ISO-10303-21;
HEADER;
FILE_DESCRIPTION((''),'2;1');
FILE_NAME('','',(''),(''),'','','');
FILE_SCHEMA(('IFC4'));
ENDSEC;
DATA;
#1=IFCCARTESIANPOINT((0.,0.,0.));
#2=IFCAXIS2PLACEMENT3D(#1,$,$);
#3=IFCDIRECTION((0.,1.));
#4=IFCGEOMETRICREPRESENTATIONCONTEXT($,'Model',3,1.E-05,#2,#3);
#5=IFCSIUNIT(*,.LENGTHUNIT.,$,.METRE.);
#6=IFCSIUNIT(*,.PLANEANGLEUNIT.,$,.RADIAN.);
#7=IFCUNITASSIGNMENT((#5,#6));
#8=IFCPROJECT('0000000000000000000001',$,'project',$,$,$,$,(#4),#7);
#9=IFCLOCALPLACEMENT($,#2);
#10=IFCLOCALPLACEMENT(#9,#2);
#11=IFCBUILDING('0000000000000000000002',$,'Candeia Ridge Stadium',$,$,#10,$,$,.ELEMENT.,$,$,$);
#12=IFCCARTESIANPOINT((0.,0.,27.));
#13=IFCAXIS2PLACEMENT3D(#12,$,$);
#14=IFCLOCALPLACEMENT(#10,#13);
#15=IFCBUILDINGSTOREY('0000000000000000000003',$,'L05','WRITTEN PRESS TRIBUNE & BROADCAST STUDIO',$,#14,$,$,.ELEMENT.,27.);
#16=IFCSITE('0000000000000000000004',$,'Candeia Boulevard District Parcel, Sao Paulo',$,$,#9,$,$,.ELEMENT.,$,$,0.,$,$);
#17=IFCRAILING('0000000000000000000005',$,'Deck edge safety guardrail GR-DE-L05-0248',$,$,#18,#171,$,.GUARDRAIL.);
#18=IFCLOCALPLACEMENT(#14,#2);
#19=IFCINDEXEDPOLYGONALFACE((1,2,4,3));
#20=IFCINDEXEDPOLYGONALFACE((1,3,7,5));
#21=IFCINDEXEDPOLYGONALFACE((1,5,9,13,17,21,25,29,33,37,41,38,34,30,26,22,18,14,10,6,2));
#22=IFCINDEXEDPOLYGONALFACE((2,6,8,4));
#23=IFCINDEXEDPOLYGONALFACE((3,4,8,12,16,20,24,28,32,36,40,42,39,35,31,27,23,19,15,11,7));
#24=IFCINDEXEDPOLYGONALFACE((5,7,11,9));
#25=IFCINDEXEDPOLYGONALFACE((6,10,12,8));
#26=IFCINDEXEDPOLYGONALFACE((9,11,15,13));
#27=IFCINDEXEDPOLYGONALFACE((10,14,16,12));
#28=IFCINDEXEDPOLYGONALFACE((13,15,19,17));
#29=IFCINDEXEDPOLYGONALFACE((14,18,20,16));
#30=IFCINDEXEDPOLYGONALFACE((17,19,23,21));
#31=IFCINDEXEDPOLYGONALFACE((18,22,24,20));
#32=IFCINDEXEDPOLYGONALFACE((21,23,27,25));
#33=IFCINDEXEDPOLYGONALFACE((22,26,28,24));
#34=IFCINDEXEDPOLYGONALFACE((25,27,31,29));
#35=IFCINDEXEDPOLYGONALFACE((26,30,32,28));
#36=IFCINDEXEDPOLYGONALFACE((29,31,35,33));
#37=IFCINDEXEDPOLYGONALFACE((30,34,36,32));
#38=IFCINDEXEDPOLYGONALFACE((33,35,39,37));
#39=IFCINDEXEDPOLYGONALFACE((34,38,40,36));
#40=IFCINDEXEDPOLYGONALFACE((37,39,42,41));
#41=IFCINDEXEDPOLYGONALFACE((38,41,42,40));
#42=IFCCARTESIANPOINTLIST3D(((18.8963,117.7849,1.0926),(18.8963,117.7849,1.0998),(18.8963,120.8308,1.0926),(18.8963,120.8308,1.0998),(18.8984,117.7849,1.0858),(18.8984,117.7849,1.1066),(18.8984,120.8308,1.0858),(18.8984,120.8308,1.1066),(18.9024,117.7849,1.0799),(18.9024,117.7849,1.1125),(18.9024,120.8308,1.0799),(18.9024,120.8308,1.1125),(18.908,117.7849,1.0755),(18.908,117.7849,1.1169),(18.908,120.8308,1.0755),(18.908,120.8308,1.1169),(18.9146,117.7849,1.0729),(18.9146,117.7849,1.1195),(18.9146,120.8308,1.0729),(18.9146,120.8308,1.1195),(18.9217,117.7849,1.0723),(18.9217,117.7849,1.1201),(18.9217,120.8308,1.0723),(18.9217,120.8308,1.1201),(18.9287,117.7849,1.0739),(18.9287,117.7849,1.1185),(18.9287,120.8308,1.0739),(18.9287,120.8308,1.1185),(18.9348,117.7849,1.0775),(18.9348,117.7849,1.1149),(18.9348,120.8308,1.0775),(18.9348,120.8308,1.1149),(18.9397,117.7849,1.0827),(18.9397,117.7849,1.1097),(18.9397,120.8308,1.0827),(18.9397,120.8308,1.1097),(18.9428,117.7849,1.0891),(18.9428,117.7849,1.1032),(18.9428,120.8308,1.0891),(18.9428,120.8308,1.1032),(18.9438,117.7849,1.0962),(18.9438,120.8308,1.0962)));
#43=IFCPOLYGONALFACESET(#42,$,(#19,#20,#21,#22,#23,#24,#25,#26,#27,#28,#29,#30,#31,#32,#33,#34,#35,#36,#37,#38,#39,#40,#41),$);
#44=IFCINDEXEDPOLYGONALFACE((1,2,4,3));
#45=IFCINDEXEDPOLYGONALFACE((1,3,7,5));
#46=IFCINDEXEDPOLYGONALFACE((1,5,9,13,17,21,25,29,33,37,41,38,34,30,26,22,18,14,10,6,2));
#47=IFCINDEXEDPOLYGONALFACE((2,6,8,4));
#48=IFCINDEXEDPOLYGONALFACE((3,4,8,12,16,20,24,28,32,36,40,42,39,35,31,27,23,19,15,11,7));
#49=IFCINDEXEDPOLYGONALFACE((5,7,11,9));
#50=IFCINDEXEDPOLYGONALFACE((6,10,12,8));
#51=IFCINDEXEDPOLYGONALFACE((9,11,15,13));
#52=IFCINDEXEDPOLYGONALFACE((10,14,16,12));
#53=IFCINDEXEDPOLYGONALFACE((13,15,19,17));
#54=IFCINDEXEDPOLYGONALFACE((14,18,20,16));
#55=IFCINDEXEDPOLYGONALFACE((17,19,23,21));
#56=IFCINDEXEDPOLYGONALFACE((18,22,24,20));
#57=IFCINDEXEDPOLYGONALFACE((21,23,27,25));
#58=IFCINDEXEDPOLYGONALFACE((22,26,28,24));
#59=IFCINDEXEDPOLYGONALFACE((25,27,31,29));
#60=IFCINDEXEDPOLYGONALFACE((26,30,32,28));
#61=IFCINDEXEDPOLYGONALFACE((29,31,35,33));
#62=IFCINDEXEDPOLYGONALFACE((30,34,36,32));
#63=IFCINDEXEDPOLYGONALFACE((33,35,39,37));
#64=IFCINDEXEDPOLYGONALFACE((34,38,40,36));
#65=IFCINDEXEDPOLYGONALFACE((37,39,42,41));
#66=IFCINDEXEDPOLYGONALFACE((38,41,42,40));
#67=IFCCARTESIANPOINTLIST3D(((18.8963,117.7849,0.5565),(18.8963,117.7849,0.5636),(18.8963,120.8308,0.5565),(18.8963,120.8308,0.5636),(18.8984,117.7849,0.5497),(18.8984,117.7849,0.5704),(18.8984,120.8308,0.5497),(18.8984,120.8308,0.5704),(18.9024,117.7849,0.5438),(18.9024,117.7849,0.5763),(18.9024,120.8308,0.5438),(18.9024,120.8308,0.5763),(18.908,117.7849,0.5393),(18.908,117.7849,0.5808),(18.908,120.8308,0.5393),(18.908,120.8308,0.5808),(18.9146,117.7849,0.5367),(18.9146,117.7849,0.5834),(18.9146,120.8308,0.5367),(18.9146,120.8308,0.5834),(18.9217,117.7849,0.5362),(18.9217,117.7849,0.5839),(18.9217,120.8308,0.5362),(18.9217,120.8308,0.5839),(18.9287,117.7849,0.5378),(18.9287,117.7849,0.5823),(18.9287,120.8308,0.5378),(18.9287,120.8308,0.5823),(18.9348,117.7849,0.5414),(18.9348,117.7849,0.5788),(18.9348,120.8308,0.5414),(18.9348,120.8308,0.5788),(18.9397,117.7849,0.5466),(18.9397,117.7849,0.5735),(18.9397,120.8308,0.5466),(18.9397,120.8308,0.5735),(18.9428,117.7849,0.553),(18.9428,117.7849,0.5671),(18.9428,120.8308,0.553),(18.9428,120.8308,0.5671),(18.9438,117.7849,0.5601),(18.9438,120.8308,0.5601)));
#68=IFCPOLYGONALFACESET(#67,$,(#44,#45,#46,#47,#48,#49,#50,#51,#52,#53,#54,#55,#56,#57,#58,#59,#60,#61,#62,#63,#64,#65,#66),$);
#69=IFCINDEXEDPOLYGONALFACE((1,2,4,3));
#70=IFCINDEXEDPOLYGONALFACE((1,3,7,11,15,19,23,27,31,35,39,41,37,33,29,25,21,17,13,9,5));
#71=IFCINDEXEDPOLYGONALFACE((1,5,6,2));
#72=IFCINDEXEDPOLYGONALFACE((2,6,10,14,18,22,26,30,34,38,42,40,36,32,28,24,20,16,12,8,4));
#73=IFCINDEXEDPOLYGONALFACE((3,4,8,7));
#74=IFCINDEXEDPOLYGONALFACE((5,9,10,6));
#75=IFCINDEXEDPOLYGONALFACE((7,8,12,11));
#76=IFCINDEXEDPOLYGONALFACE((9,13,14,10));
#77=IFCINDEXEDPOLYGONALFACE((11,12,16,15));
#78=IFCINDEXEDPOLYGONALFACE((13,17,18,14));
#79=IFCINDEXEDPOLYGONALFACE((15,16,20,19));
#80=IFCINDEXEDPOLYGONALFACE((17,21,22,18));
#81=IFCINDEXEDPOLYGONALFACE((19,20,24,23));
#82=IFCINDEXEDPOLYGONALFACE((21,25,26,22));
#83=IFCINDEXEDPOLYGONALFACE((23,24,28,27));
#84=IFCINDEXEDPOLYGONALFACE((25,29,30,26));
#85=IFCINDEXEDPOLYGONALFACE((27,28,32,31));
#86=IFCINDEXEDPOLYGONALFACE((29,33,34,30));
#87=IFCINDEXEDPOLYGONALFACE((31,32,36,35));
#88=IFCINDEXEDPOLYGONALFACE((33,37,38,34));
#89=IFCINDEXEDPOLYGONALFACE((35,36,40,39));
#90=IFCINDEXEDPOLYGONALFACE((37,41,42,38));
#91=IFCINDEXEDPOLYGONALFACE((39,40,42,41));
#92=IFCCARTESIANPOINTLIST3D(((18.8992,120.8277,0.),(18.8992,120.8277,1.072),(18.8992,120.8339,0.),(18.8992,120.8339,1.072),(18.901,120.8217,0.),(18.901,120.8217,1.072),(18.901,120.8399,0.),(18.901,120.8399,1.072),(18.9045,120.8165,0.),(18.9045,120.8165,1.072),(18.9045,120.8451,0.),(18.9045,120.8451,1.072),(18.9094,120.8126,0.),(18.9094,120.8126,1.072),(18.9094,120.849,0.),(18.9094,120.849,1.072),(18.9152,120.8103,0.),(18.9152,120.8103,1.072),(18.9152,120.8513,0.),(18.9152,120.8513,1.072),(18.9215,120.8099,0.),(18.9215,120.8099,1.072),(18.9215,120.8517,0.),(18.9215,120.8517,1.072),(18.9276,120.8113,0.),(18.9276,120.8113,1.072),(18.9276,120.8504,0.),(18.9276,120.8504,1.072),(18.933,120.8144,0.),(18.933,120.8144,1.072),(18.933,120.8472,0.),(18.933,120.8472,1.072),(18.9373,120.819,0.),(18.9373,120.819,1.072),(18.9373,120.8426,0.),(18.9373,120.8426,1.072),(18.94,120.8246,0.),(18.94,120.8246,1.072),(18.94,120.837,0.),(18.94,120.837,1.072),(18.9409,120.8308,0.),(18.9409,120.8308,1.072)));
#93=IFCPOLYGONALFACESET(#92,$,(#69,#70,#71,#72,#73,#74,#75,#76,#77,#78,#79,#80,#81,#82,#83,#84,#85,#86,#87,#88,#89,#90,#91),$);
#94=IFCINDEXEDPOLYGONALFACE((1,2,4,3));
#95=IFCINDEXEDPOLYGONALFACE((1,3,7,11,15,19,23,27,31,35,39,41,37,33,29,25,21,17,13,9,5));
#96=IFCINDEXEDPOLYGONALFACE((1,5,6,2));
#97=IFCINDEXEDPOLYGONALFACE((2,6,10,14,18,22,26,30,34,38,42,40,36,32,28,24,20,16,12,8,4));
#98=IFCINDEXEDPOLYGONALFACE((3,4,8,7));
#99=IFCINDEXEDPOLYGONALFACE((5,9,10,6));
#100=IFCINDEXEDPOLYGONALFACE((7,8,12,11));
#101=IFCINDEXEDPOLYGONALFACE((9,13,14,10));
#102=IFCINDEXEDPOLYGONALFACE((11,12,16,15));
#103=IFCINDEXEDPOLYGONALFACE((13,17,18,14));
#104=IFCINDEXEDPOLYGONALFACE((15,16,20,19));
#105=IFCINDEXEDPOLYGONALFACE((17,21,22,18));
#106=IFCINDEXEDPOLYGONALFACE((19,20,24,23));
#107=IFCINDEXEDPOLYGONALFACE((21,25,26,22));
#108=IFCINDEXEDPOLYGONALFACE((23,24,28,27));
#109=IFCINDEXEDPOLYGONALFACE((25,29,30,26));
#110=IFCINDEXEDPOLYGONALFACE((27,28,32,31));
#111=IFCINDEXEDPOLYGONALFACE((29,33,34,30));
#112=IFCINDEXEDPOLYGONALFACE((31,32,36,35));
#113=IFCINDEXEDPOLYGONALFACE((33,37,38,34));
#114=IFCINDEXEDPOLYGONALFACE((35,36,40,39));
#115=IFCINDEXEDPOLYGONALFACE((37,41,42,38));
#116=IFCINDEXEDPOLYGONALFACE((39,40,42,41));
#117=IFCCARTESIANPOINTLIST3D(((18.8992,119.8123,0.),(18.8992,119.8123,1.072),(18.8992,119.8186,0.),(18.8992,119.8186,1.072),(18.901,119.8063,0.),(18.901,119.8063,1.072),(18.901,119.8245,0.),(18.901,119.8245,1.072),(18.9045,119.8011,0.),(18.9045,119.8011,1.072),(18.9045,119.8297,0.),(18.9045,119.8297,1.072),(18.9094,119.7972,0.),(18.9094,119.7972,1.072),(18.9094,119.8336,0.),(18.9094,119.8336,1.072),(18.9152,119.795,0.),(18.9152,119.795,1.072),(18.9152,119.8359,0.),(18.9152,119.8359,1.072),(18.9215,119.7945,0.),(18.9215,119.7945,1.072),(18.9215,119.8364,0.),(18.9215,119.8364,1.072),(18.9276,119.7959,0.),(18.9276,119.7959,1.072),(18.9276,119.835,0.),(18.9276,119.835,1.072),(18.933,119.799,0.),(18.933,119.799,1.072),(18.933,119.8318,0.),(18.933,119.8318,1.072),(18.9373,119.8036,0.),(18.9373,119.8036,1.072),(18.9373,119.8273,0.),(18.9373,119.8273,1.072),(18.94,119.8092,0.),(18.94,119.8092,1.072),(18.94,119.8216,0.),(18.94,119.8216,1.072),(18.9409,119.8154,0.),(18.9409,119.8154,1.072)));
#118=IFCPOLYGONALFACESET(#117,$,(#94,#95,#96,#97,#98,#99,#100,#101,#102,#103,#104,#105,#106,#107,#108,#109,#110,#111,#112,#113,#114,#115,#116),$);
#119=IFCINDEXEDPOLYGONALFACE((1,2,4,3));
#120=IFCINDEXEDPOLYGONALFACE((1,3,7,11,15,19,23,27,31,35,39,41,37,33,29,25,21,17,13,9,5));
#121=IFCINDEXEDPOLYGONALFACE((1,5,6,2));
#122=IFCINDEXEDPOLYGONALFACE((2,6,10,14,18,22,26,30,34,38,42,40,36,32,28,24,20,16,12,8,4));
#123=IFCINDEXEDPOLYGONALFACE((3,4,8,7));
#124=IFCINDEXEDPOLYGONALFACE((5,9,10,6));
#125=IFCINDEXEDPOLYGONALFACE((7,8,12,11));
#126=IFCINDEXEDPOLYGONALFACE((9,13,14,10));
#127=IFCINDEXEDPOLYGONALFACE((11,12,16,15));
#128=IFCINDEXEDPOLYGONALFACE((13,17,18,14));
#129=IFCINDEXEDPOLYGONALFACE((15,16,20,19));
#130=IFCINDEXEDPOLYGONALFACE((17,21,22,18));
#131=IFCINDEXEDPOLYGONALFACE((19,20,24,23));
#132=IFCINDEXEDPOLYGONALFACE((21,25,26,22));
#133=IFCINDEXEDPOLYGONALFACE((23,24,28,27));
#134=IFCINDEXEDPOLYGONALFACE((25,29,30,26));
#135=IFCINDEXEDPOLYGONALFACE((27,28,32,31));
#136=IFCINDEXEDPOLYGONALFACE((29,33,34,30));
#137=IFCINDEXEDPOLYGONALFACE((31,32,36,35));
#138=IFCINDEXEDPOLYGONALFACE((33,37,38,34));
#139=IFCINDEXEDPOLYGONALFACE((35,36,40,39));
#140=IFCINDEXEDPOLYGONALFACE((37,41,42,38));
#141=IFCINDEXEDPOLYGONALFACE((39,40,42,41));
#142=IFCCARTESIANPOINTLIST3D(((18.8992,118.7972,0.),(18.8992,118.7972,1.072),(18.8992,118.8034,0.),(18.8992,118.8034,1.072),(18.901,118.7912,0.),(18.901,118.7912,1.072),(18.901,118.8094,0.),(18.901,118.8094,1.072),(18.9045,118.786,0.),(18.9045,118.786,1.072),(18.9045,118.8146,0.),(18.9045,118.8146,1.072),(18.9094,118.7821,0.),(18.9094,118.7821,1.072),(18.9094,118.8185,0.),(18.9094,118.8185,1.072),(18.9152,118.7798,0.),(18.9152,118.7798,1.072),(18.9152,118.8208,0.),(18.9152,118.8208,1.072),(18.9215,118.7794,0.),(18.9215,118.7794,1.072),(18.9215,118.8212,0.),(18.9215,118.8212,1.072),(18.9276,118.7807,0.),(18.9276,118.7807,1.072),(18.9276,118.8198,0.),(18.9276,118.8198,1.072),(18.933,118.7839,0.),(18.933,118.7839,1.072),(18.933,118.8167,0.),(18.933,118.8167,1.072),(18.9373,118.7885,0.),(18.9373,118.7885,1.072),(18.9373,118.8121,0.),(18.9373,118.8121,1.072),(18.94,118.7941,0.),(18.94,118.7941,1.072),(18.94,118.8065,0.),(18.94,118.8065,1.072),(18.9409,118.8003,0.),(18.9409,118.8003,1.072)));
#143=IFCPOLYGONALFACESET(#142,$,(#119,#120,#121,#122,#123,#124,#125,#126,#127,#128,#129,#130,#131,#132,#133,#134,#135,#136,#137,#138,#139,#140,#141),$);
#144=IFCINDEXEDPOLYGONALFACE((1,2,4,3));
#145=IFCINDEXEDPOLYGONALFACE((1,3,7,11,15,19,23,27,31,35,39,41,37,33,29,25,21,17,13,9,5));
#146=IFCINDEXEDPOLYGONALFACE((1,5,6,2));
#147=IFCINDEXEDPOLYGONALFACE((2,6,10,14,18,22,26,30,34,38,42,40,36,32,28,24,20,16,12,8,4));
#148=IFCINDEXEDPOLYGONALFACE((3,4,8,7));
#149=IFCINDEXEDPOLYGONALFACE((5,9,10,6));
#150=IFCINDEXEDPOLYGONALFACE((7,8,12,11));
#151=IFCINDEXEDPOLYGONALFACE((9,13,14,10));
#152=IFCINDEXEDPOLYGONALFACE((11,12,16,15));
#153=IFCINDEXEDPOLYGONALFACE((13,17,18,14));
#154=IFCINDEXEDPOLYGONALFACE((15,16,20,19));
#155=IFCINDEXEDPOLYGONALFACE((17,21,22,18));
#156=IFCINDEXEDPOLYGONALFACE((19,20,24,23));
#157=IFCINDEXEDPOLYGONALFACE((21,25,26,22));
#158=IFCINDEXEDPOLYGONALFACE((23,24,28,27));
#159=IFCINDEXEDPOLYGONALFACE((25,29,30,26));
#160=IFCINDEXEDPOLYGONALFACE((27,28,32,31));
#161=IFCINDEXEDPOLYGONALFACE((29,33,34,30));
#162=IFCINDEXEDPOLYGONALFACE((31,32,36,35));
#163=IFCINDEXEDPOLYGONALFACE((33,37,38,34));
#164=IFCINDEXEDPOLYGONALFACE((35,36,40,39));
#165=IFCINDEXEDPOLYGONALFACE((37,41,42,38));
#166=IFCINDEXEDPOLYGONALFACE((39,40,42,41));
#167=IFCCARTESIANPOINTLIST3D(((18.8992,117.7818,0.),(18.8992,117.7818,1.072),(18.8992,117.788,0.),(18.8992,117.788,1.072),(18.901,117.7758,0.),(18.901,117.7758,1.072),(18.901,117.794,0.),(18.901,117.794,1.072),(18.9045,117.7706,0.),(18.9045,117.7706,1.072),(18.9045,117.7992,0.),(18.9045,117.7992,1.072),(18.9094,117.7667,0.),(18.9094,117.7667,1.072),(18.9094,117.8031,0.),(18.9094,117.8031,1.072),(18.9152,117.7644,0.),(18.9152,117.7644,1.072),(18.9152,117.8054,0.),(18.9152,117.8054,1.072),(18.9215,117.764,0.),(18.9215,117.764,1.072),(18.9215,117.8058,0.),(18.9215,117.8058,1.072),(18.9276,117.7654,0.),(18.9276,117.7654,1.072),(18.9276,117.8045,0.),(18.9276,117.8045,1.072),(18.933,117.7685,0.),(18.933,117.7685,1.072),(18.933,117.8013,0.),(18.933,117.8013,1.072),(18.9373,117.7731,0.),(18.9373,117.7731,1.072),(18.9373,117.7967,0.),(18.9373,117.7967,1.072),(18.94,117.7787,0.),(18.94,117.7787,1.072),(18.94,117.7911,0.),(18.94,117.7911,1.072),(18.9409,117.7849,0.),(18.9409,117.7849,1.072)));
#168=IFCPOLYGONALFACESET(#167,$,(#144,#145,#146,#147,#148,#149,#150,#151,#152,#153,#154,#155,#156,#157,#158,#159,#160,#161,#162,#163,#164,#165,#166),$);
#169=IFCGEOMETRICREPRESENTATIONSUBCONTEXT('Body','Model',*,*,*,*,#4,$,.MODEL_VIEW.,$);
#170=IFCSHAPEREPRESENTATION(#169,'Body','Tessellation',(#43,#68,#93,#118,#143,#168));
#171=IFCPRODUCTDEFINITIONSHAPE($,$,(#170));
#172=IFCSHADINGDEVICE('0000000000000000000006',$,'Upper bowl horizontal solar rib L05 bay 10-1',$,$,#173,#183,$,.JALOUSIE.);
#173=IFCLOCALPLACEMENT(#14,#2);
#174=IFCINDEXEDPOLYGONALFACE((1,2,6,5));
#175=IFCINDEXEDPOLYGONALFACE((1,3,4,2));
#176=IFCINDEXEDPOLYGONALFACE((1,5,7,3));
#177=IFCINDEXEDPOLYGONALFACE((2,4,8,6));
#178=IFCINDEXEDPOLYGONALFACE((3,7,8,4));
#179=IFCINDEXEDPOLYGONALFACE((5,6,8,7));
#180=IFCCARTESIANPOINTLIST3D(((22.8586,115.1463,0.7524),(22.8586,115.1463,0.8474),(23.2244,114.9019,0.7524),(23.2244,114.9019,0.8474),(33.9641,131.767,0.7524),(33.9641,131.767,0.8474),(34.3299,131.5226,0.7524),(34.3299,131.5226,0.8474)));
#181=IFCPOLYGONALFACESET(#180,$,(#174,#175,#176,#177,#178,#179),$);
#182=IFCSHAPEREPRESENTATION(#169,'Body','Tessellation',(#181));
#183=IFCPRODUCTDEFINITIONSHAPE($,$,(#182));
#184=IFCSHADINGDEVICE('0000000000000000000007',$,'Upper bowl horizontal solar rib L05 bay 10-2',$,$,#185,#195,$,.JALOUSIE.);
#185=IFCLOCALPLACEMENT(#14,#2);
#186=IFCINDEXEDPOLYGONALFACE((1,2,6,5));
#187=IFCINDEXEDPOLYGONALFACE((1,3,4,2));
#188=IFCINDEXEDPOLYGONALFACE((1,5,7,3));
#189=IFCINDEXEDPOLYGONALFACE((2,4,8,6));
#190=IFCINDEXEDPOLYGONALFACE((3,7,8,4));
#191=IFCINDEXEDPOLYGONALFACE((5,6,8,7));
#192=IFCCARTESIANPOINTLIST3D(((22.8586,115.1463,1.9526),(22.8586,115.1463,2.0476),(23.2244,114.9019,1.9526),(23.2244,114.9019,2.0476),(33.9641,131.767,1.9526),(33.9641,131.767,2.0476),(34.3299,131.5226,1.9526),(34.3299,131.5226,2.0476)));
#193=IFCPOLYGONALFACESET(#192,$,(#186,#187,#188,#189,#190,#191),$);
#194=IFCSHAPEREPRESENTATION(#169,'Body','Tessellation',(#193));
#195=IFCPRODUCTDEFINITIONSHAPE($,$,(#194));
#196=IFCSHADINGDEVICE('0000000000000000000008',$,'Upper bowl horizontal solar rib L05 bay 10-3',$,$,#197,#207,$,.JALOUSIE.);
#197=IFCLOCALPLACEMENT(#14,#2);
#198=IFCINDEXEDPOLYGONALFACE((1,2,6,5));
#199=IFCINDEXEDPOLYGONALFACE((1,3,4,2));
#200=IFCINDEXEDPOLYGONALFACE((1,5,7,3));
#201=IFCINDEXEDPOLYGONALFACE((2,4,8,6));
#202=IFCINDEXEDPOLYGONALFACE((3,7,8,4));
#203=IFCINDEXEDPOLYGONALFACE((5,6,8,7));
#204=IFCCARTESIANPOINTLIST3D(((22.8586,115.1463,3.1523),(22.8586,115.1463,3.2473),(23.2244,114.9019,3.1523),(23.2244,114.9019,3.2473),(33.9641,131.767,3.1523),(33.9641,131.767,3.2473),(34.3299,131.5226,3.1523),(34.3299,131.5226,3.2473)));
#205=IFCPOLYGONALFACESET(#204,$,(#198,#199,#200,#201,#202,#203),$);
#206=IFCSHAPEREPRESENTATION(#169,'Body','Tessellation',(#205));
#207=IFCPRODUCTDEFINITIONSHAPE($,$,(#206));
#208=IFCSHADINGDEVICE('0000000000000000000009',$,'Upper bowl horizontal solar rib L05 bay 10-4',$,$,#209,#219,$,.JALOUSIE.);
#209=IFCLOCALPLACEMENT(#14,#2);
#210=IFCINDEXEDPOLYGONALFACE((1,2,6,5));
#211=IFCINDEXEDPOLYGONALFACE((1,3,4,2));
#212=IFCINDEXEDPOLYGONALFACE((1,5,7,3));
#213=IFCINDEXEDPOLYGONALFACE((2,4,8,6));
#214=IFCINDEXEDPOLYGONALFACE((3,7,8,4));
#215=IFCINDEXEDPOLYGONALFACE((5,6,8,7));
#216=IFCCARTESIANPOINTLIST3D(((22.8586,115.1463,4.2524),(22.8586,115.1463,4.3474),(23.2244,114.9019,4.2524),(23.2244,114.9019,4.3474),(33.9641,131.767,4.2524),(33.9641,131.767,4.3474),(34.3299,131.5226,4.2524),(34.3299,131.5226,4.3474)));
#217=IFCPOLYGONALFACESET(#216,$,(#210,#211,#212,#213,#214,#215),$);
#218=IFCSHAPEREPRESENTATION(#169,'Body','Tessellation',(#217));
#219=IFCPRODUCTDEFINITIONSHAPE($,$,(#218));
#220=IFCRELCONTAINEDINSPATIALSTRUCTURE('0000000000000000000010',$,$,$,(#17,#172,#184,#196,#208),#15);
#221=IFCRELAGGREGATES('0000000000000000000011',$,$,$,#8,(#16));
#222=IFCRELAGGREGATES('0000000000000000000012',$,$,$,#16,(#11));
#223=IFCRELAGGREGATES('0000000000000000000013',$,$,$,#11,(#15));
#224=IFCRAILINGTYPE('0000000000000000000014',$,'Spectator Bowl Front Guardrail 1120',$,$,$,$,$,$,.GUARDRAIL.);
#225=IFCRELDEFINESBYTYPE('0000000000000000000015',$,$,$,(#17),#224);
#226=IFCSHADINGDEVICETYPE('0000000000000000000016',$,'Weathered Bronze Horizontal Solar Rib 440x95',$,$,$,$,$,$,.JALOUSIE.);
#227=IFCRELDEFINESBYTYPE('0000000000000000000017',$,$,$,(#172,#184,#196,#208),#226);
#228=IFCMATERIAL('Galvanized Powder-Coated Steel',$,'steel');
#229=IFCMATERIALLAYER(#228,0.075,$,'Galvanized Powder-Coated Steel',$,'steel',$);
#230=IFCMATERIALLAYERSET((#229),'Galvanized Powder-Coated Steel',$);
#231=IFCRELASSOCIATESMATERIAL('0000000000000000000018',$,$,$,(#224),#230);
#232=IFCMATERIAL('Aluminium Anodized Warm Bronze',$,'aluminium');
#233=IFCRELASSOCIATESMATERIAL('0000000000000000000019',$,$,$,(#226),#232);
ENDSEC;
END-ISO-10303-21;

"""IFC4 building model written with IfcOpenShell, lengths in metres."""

from ifc_helpers import new_model, si_unit, direction, frame, origin, origin_2d, place, context, subcontext, project, spatial, rectangle, circle, extrude, material, layer, layer_set, type_object, element, save


model = new_model("IFC4")

# Units and contexts
model_context = context("Model", 3, precision=1e-05, world=origin(), true_north=direction((0.0, 1.0)))
body_context = subcontext(model_context, "Body", "Model", "MODEL_VIEW")
ifc_project = project(units=[si_unit("LENGTHUNIT", "METRE"), si_unit("PLANEANGLEUNIT", "RADIAN")], contexts=[model_context])

# Site, building, storey
site_placement = place(None, origin())
site = spatial("IfcSite", under=ifc_project, at=site_placement, Name="Candeia Boulevard District Parcel, Sao Paulo", CompositionType="ELEMENT", RefElevation=0.0)
building_placement = place(site_placement, origin())
building = spatial("IfcBuilding", under=site, at=building_placement, Name="Candeia Ridge Stadium", CompositionType="ELEMENT")
storey_placement = place(building_placement, frame((0.0, 0.0, 27.0)))
storey = spatial("IfcBuildingStorey", under=building, at=storey_placement, Name="L05", Description="WRITTEN PRESS TRIBUNE & BROADCAST STUDIO", CompositionType="ELEMENT", Elevation=27.0)

# Railing
ifc_material_1 = material(Name="Galvanized Powder-Coated Steel", Category="steel")
ifc_layer_1 = layer(ifc_material_1, 0.075, Name="Galvanized Powder-Coated Steel", Category="steel")
ifc_layer_set_1 = layer_set([ifc_layer_1], Name="Galvanized Powder-Coated Steel")
railing_type_1 = type_object("IfcRailingType", Name="Spectator Bowl Front Guardrail 1120", PredefinedType="GUARDRAIL", material=ifc_layer_set_1)
railing_1_placement = place(storey_placement, frame((18.9199, 120.8308, 0.0)))
element("IfcRailing", 1, at=railing_1_placement, inside=storey, type_object=railing_type_1, Name="Deck edge safety guardrail GR-DE-L05-0248", PredefinedType="GUARDRAIL", context=body_context, shape_type="SweptSolid", body=[
    extrude(circle(Radius=0.0239, at=origin_2d()), frame((0.0, 0.0, 1.0962), z_axis=(0.0, -1.0, 0.0), x_axis=(1.0, 0.0, 0.0)), (0.0, 0.0, 1.0), 3.0459),
    extrude(circle(Radius=0.0239, at=origin_2d()), frame((0.0, 0.0, 0.5601), z_axis=(0.0, -1.0, 0.0), x_axis=(1.0, 0.0, 0.0)), (0.0, 0.0, 1.0), 3.0459),
    extrude(circle(Radius=0.021, at=origin_2d()), origin(), (0.0, 0.0, 1.0), 1.072),
    extrude(circle(Radius=0.021, at=origin_2d()), frame((0.0, -1.0154, 0.0)), (0.0, 0.0, 1.0), 1.072),
    extrude(circle(Radius=0.021, at=origin_2d()), frame((0.0, -2.0305, 0.0)), (0.0, 0.0, 1.0), 1.072),
    extrude(circle(Radius=0.021, at=origin_2d()), frame((0.0, -3.0459, 0.0)), (0.0, 0.0, 1.0), 1.072),
])

# Shading devices
ifc_material_2 = material(Name="Aluminium Anodized Warm Bronze", Category="aluminium")
shading_device_type = type_object("IfcShadingDeviceType", Name="Weathered Bronze Horizontal Solar Rib 440x95", PredefinedType="JALOUSIE", material=ifc_material_2)
for number, where, z_axis, x_axis, name in (
    (2, (28.5942, 123.3345, 0.7524), (0.0, 0.0, 1.0), (-0.55557, -0.83147, 0.0), "Upper bowl horizontal solar rib L05 bay 10-1"),
    (3, (28.5942, 123.3345, 1.9526), (0.0, 0.0, 1.0), (-0.55557, -0.83147, 0.0), "Upper bowl horizontal solar rib L05 bay 10-2"),
    (4, (28.5942, 123.3345, 3.1523), (0.0, 0.0, 1.0), (-0.55557, -0.83147, 0.0), "Upper bowl horizontal solar rib L05 bay 10-3"),
    (5, (28.5942, 123.3345, 4.2524), (0.0, 0.0, 1.0), (-0.55557, -0.83147, 0.0), "Upper bowl horizontal solar rib L05 bay 10-4"),
):
    element("IfcShadingDevice", number, at=place(storey_placement, frame(where, z_axis=z_axis, x_axis=x_axis)), inside=storey, type_object=shading_device_type, Name=name, PredefinedType="JALOUSIE", context=body_context, shape_type="SweptSolid", body=[
        extrude(rectangle(XDim=19.9895, YDim=0.4399, at=origin_2d()), origin(), (0.0, 0.0, 1.0), 0.095),
    ])

save(model, "model.ifc")
